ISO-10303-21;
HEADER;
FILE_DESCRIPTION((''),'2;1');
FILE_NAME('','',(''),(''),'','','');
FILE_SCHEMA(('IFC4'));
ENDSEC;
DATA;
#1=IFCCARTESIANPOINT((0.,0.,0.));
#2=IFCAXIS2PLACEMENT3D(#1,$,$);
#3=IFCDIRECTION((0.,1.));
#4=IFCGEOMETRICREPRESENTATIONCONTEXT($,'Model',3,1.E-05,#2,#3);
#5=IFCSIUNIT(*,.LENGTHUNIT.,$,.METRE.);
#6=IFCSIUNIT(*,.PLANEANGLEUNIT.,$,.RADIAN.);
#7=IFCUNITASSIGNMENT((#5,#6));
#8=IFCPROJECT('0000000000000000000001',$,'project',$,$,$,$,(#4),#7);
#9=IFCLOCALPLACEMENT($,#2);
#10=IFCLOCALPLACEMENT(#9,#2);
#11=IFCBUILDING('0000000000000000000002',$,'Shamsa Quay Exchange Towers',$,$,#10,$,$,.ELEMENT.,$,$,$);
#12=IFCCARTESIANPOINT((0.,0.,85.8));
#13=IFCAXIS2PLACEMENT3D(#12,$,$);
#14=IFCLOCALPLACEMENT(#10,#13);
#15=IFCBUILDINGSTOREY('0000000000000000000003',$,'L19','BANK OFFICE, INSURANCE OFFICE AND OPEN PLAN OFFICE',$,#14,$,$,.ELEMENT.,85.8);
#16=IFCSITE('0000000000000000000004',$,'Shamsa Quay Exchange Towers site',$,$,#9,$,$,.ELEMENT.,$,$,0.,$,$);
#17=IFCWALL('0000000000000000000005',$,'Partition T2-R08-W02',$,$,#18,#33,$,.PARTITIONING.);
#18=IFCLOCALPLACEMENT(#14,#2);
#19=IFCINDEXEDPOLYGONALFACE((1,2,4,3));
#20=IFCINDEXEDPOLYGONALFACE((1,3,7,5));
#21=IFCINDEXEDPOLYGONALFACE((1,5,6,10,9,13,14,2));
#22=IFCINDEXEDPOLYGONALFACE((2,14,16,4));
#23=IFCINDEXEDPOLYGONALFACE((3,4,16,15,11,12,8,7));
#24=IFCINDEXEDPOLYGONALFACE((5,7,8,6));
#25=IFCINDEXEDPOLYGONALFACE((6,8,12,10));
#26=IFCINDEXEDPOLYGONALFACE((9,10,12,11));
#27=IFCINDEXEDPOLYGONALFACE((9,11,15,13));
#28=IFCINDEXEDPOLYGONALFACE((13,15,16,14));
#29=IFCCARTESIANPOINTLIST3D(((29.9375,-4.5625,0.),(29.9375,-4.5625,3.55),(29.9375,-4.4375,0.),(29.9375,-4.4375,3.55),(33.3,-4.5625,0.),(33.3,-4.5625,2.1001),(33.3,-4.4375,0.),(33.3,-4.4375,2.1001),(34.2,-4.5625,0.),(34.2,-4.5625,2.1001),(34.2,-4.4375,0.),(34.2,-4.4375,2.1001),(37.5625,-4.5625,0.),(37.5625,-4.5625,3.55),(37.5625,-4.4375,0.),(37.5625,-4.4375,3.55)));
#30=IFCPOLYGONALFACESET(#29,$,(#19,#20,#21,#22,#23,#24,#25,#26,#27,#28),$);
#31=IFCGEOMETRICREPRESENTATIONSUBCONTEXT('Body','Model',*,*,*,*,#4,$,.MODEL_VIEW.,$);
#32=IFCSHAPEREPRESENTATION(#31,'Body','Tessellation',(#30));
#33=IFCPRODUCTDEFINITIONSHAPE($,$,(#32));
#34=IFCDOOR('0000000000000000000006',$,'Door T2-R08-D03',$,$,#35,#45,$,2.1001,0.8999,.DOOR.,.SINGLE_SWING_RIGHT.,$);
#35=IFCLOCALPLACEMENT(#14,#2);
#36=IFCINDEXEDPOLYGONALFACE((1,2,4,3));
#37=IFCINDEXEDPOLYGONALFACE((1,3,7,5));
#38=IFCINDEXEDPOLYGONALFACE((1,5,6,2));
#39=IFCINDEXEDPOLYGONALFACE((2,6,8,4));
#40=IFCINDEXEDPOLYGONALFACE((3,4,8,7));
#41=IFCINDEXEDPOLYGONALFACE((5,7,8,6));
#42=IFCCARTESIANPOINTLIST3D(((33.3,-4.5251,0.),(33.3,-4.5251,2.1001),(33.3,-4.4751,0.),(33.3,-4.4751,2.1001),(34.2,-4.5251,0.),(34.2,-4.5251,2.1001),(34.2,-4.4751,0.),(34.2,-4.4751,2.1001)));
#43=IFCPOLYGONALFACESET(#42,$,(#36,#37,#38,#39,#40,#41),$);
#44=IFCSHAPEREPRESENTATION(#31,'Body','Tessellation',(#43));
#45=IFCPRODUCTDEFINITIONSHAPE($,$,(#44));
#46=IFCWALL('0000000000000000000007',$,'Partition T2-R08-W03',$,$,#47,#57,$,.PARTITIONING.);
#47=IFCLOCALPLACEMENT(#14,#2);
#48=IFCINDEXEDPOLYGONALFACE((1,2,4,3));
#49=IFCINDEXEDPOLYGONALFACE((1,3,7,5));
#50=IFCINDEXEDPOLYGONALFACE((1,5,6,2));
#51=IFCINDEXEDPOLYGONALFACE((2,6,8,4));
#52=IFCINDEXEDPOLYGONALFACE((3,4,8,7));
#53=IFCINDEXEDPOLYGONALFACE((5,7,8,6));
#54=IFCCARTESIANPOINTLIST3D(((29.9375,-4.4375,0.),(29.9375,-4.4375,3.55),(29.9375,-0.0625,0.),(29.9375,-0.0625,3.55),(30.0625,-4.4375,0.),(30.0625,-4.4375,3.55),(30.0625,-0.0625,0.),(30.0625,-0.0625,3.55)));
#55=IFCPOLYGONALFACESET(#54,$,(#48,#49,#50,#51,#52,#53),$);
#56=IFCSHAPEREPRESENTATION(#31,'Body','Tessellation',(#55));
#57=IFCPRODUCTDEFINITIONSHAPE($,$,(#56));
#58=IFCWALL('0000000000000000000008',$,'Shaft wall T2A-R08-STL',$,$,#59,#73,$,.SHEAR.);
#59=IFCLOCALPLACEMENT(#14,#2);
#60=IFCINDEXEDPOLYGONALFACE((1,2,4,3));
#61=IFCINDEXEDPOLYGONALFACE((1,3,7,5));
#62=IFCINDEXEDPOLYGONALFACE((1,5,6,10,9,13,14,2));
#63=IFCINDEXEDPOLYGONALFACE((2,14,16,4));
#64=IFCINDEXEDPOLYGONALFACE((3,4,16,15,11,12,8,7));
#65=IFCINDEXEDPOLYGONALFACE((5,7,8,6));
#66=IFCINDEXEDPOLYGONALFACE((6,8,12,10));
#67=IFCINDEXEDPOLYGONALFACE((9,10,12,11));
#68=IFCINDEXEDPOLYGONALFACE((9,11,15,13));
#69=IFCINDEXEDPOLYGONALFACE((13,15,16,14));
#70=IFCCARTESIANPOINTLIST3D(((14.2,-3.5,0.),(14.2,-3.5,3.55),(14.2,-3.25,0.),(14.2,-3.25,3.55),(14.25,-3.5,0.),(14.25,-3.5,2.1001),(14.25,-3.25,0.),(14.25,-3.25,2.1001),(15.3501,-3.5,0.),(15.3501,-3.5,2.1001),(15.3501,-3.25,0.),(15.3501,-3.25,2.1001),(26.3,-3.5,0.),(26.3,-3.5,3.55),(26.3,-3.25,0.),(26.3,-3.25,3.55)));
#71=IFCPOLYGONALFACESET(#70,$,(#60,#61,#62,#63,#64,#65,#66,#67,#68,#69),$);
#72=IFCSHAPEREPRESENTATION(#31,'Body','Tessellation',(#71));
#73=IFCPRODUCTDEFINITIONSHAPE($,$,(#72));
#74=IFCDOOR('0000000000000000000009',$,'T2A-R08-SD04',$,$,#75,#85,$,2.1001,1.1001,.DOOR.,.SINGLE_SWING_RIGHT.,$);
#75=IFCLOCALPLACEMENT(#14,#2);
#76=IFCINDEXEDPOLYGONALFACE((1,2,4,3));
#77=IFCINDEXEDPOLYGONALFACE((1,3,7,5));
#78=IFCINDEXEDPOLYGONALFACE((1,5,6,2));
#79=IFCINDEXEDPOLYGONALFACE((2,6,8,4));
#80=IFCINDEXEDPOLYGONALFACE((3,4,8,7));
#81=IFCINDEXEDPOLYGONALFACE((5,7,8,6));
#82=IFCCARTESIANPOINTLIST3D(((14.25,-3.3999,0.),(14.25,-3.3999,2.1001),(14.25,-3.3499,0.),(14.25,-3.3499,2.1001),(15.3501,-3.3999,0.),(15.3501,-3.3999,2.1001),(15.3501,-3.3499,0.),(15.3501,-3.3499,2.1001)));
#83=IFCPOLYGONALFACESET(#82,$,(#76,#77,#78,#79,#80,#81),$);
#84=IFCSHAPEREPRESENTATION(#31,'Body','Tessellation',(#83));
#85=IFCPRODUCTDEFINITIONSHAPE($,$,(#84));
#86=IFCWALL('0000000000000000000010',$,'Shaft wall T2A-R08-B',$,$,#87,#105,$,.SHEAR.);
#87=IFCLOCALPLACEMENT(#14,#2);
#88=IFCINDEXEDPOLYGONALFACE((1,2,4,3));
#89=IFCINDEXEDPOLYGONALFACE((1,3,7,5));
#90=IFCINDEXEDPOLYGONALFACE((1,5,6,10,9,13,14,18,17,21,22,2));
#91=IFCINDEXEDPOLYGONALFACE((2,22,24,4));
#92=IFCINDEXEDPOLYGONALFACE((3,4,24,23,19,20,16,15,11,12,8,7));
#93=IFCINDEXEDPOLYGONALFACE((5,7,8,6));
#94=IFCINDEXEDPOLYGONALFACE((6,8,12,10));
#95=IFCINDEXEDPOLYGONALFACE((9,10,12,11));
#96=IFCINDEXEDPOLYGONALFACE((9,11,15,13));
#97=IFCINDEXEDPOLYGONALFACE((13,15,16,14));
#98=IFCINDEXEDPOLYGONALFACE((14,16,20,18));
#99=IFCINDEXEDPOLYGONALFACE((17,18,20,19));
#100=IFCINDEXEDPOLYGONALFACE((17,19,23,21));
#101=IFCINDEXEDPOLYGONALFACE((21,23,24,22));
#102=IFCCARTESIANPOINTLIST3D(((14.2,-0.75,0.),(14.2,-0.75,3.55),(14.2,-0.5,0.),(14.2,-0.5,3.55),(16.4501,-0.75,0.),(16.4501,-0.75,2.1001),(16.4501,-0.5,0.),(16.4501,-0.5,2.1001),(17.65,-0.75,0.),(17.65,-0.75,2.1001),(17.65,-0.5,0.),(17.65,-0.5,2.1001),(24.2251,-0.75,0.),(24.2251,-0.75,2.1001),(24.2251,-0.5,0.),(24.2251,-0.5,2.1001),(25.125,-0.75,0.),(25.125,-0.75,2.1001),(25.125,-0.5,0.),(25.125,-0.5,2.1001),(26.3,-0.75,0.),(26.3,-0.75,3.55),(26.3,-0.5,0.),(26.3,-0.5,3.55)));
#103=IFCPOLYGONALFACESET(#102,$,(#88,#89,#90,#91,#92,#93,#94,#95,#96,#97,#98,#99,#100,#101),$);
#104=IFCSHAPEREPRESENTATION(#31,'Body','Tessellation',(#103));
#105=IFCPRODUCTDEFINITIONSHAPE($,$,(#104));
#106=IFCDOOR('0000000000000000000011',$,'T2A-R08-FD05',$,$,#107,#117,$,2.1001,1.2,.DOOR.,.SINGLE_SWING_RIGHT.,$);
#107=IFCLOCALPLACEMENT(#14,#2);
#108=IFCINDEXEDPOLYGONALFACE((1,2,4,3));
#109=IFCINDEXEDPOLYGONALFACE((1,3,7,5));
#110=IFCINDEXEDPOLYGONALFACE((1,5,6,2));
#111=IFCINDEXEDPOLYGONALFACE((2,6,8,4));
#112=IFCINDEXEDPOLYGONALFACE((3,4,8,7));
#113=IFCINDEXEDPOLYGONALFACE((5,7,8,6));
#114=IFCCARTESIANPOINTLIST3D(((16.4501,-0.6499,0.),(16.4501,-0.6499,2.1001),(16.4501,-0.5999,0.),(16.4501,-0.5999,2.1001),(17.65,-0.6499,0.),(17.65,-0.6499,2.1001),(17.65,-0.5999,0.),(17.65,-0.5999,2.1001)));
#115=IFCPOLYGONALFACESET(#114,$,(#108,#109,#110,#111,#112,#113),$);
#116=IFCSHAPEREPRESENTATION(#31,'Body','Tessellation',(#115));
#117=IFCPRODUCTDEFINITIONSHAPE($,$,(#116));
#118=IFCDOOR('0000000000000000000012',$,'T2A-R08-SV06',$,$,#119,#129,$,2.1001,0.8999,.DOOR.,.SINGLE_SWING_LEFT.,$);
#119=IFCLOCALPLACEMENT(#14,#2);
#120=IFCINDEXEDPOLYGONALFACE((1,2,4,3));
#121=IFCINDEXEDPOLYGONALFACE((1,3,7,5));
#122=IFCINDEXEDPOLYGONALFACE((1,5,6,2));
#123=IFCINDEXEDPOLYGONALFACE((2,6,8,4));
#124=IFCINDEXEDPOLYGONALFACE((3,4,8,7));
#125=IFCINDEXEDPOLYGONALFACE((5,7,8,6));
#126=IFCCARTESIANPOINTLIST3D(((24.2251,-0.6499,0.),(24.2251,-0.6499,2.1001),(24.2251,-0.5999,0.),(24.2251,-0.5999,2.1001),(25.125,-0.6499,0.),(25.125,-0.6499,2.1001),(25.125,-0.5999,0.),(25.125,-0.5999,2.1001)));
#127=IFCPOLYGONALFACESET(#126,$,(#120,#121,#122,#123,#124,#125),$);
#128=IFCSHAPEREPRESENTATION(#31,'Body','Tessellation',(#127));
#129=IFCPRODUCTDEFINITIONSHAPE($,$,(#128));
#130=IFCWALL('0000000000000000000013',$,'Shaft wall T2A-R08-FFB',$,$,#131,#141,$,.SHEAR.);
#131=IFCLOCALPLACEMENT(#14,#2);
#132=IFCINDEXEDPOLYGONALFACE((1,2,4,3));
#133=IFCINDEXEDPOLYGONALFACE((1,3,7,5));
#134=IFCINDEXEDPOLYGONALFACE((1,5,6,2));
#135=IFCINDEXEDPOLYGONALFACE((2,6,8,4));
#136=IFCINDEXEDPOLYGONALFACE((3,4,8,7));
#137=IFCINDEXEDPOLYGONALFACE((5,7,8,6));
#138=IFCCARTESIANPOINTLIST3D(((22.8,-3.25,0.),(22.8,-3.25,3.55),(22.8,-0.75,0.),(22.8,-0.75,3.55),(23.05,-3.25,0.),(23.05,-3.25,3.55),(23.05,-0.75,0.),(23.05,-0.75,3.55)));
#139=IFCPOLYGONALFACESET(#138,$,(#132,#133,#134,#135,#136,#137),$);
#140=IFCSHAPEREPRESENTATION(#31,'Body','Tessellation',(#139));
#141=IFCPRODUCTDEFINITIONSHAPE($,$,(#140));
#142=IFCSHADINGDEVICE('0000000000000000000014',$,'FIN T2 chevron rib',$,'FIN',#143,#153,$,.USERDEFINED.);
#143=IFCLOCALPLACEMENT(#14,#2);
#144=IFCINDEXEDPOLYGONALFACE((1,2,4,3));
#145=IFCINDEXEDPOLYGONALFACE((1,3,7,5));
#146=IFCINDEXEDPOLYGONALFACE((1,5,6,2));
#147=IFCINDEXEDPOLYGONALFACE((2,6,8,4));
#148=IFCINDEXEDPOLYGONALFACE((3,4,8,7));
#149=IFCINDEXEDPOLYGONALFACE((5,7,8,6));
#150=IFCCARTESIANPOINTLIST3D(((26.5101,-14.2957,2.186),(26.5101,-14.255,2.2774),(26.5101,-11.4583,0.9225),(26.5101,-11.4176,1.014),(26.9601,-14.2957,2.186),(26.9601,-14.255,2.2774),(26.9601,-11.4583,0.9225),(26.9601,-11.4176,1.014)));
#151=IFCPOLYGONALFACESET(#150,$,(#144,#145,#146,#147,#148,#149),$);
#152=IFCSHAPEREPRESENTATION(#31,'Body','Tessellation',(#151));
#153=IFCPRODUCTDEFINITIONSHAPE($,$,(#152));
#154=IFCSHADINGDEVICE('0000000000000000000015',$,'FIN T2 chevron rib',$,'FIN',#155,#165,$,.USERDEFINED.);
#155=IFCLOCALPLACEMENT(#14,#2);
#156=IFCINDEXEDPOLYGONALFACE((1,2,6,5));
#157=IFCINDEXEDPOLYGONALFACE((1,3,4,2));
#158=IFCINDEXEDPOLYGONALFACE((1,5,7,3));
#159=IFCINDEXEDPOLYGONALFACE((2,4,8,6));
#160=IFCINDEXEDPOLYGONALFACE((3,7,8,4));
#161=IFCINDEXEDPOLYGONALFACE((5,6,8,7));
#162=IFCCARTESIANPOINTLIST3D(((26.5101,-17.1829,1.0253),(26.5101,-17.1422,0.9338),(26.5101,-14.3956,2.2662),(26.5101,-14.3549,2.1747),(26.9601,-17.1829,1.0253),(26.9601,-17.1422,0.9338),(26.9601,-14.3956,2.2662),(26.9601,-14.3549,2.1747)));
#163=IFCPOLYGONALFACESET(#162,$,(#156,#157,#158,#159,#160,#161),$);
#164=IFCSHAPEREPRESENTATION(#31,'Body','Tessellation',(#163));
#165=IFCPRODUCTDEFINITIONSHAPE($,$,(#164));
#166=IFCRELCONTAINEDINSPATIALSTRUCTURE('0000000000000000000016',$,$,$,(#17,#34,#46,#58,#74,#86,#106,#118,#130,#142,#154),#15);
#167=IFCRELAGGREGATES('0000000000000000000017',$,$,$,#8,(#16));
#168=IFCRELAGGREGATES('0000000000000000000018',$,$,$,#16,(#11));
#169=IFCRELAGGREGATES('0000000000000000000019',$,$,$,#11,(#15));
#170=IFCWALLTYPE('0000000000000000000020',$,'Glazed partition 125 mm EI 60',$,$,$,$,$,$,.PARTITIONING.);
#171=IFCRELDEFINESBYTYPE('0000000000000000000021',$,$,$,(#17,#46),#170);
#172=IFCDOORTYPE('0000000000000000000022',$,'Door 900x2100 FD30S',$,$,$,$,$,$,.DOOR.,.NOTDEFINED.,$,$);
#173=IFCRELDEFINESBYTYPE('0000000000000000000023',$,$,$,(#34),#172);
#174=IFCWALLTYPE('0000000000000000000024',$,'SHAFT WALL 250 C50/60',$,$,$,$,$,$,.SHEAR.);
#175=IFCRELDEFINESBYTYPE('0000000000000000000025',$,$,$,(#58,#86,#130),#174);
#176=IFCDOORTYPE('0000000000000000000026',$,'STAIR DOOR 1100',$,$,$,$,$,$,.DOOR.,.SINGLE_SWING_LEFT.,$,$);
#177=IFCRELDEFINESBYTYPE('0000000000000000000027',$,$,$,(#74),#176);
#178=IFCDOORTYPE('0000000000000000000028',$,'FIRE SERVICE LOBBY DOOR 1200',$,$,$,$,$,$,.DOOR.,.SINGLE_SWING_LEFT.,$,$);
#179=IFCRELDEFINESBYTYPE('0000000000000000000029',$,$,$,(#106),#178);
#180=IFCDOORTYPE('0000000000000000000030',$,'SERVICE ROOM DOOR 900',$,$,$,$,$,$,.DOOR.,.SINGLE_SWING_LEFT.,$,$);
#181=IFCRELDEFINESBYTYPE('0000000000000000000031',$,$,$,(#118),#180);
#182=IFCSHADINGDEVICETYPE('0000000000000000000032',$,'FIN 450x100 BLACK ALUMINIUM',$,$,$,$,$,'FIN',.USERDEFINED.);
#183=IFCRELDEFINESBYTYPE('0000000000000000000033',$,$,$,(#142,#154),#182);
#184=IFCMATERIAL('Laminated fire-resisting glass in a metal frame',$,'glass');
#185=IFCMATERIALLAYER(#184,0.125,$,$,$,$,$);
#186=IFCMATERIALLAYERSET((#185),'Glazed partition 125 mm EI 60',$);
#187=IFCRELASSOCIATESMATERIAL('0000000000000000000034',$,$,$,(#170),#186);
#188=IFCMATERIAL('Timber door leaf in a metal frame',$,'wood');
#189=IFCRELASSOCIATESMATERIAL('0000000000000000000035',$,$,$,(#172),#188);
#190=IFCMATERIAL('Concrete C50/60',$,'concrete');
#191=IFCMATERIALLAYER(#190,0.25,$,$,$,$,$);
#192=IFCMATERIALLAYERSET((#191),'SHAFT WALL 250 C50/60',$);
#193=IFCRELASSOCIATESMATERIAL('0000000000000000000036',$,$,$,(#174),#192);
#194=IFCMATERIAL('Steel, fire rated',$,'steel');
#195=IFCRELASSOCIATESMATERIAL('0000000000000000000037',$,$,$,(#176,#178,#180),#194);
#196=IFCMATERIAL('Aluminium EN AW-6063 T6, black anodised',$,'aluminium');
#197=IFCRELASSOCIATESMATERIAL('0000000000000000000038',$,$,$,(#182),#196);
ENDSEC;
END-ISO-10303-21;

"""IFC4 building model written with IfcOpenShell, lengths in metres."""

from ifc_helpers import new_model, si_unit, direction, frame, frame_2d, origin, origin_2d, place, context, subcontext, project, spatial, rectangle, extrude, material, layer, layer_set, material_profile, profile_set, type_object, element, fill, save


model = new_model("IFC4")

# Units and contexts
model_context = context("Model", 3, precision=1e-05, world=origin(), true_north=direction((0.0, 1.0)))
body_context = subcontext(model_context, "Body", "Model", "MODEL_VIEW")
ifc_project = project(units=[si_unit("LENGTHUNIT", "METRE"), si_unit("PLANEANGLEUNIT", "RADIAN")], contexts=[model_context])

# Site, building, storey
site_placement = place(None, origin())
site = spatial("IfcSite", under=ifc_project, at=site_placement, Name="Shamsa Quay Exchange Towers site", CompositionType="ELEMENT", RefElevation=0.0)
building_placement = place(site_placement, origin())
building = spatial("IfcBuilding", under=site, at=building_placement, Name="Shamsa Quay Exchange Towers", CompositionType="ELEMENT")
storey_placement = place(building_placement, frame((0.0, 0.0, 85.8)))
storey = spatial("IfcBuildingStorey", under=building, at=storey_placement, Name="L19", Description="BANK OFFICE, INSURANCE OFFICE AND OPEN PLAN OFFICE", CompositionType="ELEMENT", Elevation=85.8)

# Shared definitions
ifc_material_1 = material(Name="Aluminium EN AW-6063 T6, black anodised", Category="aluminium")

# Wall, opening, door
ifc_material_2 = material(Name="Laminated fire-resisting glass in a metal frame", Category="glass")
ifc_layer_1 = layer(ifc_material_2, 0.125)
ifc_layer_set_1 = layer_set([ifc_layer_1], Name="Glazed partition 125 mm EI 60")
wall_type_1 = type_object("IfcWallType", Name="Glazed partition 125 mm EI 60", PredefinedType="PARTITIONING", material=ifc_layer_set_1)
wall_1_placement = place(storey_placement, frame((29.9375, -4.5, 0.0)))
wall_1 = element("IfcWall", 1, at=wall_1_placement, inside=storey, type_object=wall_type_1, Name="Partition T2-R08-W02", PredefinedType="PARTITIONING", context=body_context, shape_type="SweptSolid", body=[
    extrude(rectangle(XDim=7.625, YDim=0.125, at=frame_2d((3.8125, 0.0))), origin(), (0.0, 0.0, 1.0), 3.55),
])
opening_1_placement = place(wall_1_placement, frame((3.3625, 0.0, 0.0)))
opening_1 = element("IfcOpeningElement", 2, at=opening_1_placement, cuts=wall_1, PredefinedType="OPENING", context=body_context, shape_type="SweptSolid", body=[
    extrude(rectangle(XDim=0.8999, YDim=2.1001, at=frame_2d((0.45, 1.05))), frame((0.0, 0.0725, 0.0), z_axis=(0.0, -1.0, 0.0), x_axis=(1.0, 0.0, 0.0)), (0.0, 0.0, 1.0), 0.145),
])
ifc_material_3 = material(Name="Timber door leaf in a metal frame", Category="wood")
door_type_1 = type_object("IfcDoorType", Name="Door 900x2100 FD30S", OperationType="NOTDEFINED", PredefinedType="DOOR", material=ifc_material_3)
door_1_placement = place(opening_1_placement, origin())
door_1 = element("IfcDoor", 3, at=door_1_placement, inside=storey, type_object=door_type_1, Name="Door T2-R08-D03", OperationType="SINGLE_SWING_RIGHT", OverallHeight=2.1001, OverallWidth=0.8999, PredefinedType="DOOR", context=body_context, shape_type="SweptSolid", body=[
    extrude(rectangle(XDim=0.8999, YDim=2.1001, at=frame_2d((0.45, 1.05))), frame((0.0, 0.0249, 0.0), z_axis=(0.0, -1.0, 0.0), x_axis=(1.0, 0.0, 0.0)), (0.0, 0.0, 1.0), 0.05),
])
fill(opening_1, door_1)

# Wall
wall_2_placement = place(storey_placement, frame((30.0, -0.0625, 0.0), z_axis=(0.0, 0.0, 1.0), x_axis=(0.0, -1.0, 0.0)))
element("IfcWall", 4, at=wall_2_placement, inside=storey, type_object=wall_type_1, Name="Partition T2-R08-W03", PredefinedType="PARTITIONING", context=body_context, shape_type="SweptSolid", body=[
    extrude(rectangle(XDim=4.375, YDim=0.125, at=frame_2d((2.1875, 0.0))), origin(), (0.0, 0.0, 1.0), 3.55),
])

# Wall, opening, door
ifc_material_4 = material(Name="Concrete C50/60", Category="concrete")
ifc_layer_2 = layer(ifc_material_4, 0.25)
ifc_layer_set_2 = layer_set([ifc_layer_2], Name="SHAFT WALL 250 C50/60")
wall_type_2 = type_object("IfcWallType", Name="SHAFT WALL 250 C50/60", PredefinedType="SHEAR", material=ifc_layer_set_2)
wall_3_placement = place(storey_placement, frame((26.3, -3.375, 0.0), z_axis=(0.0, 0.0, 1.0), x_axis=(-1.0, 0.0, 0.0)))
wall_3 = element("IfcWall", 5, at=wall_3_placement, inside=storey, type_object=wall_type_2, Name="Shaft wall T2A-R08-STL", PredefinedType="SHEAR", context=body_context, shape_type="SweptSolid", body=[
    extrude(rectangle(XDim=12.1001, YDim=0.25, at=frame_2d((6.05, 0.0))), origin(), (0.0, 0.0, 1.0), 3.55),
])
opening_2_placement = place(wall_3_placement, frame((10.95, 0.0, 0.0)))
opening_2 = element("IfcOpeningElement", 6, at=opening_2_placement, cuts=wall_3, PredefinedType="OPENING", context=body_context, shape_type="SweptSolid", body=[
    extrude(rectangle(XDim=1.1001, YDim=2.1001, at=frame_2d((0.55, 1.05))), frame((0.0, 0.135, 0.0), z_axis=(0.0, -1.0, 0.0), x_axis=(1.0, 0.0, 0.0)), (0.0, 0.0, 1.0), 0.27),
])
ifc_material_5 = material(Name="Steel, fire rated", Category="steel")
door_type_2 = type_object("IfcDoorType", Name="STAIR DOOR 1100", OperationType="SINGLE_SWING_LEFT", PredefinedType="DOOR", material=ifc_material_5)
door_2_placement = place(opening_2_placement, origin())
door_2 = element("IfcDoor", 7, at=door_2_placement, inside=storey, type_object=door_type_2, Name="T2A-R08-SD04", OperationType="SINGLE_SWING_RIGHT", OverallHeight=2.1001, OverallWidth=1.1001, PredefinedType="DOOR", context=body_context, shape_type="SweptSolid", body=[
    extrude(rectangle(XDim=1.1001, YDim=2.1001, at=frame_2d((0.55, 1.05))), frame((0.0, 0.0249, 0.0), z_axis=(0.0, -1.0, 0.0), x_axis=(1.0, 0.0, 0.0)), (0.0, 0.0, 1.0), 0.05),
])
fill(opening_2, door_2)

# Wall, openings, doors
wall_4_placement = place(storey_placement, frame((26.3, -0.625, 0.0), z_axis=(0.0, 0.0, 1.0), x_axis=(-1.0, 0.0, 0.0)))
wall_4 = element("IfcWall", 8, at=wall_4_placement, inside=storey, type_object=wall_type_2, Name="Shaft wall T2A-R08-B", PredefinedType="SHEAR", context=body_context, shape_type="SweptSolid", body=[
    extrude(rectangle(XDim=12.1001, YDim=0.25, at=frame_2d((6.05, 0.0))), origin(), (0.0, 0.0, 1.0), 3.55),
])
opening_3_placement = place(wall_4_placement, frame((8.6499, 0.0, 0.0)))
opening_3 = element("IfcOpeningElement", 9, at=opening_3_placement, cuts=wall_4, PredefinedType="OPENING", context=body_context, shape_type="SweptSolid", body=[
    extrude(rectangle(XDim=1.2, YDim=2.1001, at=frame_2d((0.6001, 1.05))), frame((0.0, 0.135, 0.0), z_axis=(0.0, -1.0, 0.0), x_axis=(1.0, 0.0, 0.0)), (0.0, 0.0, 1.0), 0.27),
])
opening_4_placement = place(wall_4_placement, frame((1.175, 0.0, 0.0)))
opening_4 = element("IfcOpeningElement", 10, at=opening_4_placement, cuts=wall_4, PredefinedType="OPENING", context=body_context, shape_type="SweptSolid", body=[
    extrude(rectangle(XDim=0.8999, YDim=2.1001, at=frame_2d((0.45, 1.05))), frame((0.0, 0.135, 0.0), z_axis=(0.0, -1.0, 0.0), x_axis=(1.0, 0.0, 0.0)), (0.0, 0.0, 1.0), 0.27),
])
door_type_3 = type_object("IfcDoorType", Name="FIRE SERVICE LOBBY DOOR 1200", OperationType="SINGLE_SWING_LEFT", PredefinedType="DOOR", material=ifc_material_5)
door_3_placement = place(opening_3_placement, origin())
door_3 = element("IfcDoor", 11, at=door_3_placement, inside=storey, type_object=door_type_3, Name="T2A-R08-FD05", OperationType="SINGLE_SWING_RIGHT", OverallHeight=2.1001, OverallWidth=1.2, PredefinedType="DOOR", context=body_context, shape_type="SweptSolid", body=[
    extrude(rectangle(XDim=1.2, YDim=2.1001, at=frame_2d((0.6001, 1.05))), frame((0.0, 0.0249, 0.0), z_axis=(0.0, -1.0, 0.0), x_axis=(1.0, 0.0, 0.0)), (0.0, 0.0, 1.0), 0.05),
])
fill(opening_3, door_3)
door_type_4 = type_object("IfcDoorType", Name="SERVICE ROOM DOOR 900", OperationType="SINGLE_SWING_LEFT", PredefinedType="DOOR", material=ifc_material_5)
door_4_placement = place(opening_4_placement, origin())
door_4 = element("IfcDoor", 12, at=door_4_placement, inside=storey, type_object=door_type_4, Name="T2A-R08-SV06", OperationType="SINGLE_SWING_LEFT", OverallHeight=2.1001, OverallWidth=0.8999, PredefinedType="DOOR", context=body_context, shape_type="SweptSolid", body=[
    extrude(rectangle(XDim=0.8999, YDim=2.1001, at=frame_2d((0.45, 1.05))), frame((0.0, 0.0249, 0.0), z_axis=(0.0, -1.0, 0.0), x_axis=(1.0, 0.0, 0.0)), (0.0, 0.0, 1.0), 0.05),
])
fill(opening_4, door_4)

# Wall
wall_5_placement = place(storey_placement, frame((22.925, -3.25, 0.0), z_axis=(0.0, 0.0, 1.0), x_axis=(0.0, 1.0, 0.0)))
element("IfcWall", 13, at=wall_5_placement, inside=storey, type_object=wall_type_2, Name="Shaft wall T2A-R08-FFB", PredefinedType="SHEAR", context=body_context, shape_type="SweptSolid", body=[
    extrude(rectangle(XDim=2.5, YDim=0.25, at=frame_2d((1.25, 0.0))), origin(), (0.0, 0.0, 1.0), 3.55),
])

# Shading devices
ifc_material_profile_1 = material_profile(ifc_material_1, rectangle(XDim=0.45, YDim=0.1001, at=origin_2d()), Name="FIN450x100")
ifc_profile_set_1 = profile_set([ifc_material_profile_1], Name="Aluminium EN AW-6063 T6, black anodised")
shading_device_type = type_object("IfcShadingDeviceType", Name="FIN 450x100 BLACK ALUMINIUM", ElementType="FIN", PredefinedType="USERDEFINED", material=ifc_profile_set_1)
shading_device_1_placement = place(storey_placement, frame((26.7351, -11.438, 0.9683), z_axis=(0.0, -0.913529, 0.406773), x_axis=(1.0, 0.0, 0.0)))
element("IfcShadingDevice", 14, at=shading_device_1_placement, inside=storey, type_object=shading_device_type, Name="FIN T2 chevron rib", ObjectType="FIN", PredefinedType="USERDEFINED", context=body_context, shape_type="SweptSolid", body=[
    extrude(rectangle(XDim=0.45, YDim=0.1001, at=origin_2d()), origin(), (0.0, 0.0, 1.0), 3.106),
])
shading_device_2_placement = place(storey_placement, frame((26.7351, -14.3752, 2.2205), z_axis=(0.0, -0.913551, -0.406725), x_axis=(1.0, 0.0, 0.0)))
element("IfcShadingDevice", 15, at=shading_device_2_placement, inside=storey, type_object=shading_device_type, Name="FIN T2 chevron rib", ObjectType="FIN", PredefinedType="USERDEFINED", context=body_context, shape_type="SweptSolid", body=[
    extrude(rectangle(XDim=0.45, YDim=0.1001, at=origin_2d()), origin(), (0.0, 0.0, 1.0), 3.051),
])

save(model, "model.ifc")
